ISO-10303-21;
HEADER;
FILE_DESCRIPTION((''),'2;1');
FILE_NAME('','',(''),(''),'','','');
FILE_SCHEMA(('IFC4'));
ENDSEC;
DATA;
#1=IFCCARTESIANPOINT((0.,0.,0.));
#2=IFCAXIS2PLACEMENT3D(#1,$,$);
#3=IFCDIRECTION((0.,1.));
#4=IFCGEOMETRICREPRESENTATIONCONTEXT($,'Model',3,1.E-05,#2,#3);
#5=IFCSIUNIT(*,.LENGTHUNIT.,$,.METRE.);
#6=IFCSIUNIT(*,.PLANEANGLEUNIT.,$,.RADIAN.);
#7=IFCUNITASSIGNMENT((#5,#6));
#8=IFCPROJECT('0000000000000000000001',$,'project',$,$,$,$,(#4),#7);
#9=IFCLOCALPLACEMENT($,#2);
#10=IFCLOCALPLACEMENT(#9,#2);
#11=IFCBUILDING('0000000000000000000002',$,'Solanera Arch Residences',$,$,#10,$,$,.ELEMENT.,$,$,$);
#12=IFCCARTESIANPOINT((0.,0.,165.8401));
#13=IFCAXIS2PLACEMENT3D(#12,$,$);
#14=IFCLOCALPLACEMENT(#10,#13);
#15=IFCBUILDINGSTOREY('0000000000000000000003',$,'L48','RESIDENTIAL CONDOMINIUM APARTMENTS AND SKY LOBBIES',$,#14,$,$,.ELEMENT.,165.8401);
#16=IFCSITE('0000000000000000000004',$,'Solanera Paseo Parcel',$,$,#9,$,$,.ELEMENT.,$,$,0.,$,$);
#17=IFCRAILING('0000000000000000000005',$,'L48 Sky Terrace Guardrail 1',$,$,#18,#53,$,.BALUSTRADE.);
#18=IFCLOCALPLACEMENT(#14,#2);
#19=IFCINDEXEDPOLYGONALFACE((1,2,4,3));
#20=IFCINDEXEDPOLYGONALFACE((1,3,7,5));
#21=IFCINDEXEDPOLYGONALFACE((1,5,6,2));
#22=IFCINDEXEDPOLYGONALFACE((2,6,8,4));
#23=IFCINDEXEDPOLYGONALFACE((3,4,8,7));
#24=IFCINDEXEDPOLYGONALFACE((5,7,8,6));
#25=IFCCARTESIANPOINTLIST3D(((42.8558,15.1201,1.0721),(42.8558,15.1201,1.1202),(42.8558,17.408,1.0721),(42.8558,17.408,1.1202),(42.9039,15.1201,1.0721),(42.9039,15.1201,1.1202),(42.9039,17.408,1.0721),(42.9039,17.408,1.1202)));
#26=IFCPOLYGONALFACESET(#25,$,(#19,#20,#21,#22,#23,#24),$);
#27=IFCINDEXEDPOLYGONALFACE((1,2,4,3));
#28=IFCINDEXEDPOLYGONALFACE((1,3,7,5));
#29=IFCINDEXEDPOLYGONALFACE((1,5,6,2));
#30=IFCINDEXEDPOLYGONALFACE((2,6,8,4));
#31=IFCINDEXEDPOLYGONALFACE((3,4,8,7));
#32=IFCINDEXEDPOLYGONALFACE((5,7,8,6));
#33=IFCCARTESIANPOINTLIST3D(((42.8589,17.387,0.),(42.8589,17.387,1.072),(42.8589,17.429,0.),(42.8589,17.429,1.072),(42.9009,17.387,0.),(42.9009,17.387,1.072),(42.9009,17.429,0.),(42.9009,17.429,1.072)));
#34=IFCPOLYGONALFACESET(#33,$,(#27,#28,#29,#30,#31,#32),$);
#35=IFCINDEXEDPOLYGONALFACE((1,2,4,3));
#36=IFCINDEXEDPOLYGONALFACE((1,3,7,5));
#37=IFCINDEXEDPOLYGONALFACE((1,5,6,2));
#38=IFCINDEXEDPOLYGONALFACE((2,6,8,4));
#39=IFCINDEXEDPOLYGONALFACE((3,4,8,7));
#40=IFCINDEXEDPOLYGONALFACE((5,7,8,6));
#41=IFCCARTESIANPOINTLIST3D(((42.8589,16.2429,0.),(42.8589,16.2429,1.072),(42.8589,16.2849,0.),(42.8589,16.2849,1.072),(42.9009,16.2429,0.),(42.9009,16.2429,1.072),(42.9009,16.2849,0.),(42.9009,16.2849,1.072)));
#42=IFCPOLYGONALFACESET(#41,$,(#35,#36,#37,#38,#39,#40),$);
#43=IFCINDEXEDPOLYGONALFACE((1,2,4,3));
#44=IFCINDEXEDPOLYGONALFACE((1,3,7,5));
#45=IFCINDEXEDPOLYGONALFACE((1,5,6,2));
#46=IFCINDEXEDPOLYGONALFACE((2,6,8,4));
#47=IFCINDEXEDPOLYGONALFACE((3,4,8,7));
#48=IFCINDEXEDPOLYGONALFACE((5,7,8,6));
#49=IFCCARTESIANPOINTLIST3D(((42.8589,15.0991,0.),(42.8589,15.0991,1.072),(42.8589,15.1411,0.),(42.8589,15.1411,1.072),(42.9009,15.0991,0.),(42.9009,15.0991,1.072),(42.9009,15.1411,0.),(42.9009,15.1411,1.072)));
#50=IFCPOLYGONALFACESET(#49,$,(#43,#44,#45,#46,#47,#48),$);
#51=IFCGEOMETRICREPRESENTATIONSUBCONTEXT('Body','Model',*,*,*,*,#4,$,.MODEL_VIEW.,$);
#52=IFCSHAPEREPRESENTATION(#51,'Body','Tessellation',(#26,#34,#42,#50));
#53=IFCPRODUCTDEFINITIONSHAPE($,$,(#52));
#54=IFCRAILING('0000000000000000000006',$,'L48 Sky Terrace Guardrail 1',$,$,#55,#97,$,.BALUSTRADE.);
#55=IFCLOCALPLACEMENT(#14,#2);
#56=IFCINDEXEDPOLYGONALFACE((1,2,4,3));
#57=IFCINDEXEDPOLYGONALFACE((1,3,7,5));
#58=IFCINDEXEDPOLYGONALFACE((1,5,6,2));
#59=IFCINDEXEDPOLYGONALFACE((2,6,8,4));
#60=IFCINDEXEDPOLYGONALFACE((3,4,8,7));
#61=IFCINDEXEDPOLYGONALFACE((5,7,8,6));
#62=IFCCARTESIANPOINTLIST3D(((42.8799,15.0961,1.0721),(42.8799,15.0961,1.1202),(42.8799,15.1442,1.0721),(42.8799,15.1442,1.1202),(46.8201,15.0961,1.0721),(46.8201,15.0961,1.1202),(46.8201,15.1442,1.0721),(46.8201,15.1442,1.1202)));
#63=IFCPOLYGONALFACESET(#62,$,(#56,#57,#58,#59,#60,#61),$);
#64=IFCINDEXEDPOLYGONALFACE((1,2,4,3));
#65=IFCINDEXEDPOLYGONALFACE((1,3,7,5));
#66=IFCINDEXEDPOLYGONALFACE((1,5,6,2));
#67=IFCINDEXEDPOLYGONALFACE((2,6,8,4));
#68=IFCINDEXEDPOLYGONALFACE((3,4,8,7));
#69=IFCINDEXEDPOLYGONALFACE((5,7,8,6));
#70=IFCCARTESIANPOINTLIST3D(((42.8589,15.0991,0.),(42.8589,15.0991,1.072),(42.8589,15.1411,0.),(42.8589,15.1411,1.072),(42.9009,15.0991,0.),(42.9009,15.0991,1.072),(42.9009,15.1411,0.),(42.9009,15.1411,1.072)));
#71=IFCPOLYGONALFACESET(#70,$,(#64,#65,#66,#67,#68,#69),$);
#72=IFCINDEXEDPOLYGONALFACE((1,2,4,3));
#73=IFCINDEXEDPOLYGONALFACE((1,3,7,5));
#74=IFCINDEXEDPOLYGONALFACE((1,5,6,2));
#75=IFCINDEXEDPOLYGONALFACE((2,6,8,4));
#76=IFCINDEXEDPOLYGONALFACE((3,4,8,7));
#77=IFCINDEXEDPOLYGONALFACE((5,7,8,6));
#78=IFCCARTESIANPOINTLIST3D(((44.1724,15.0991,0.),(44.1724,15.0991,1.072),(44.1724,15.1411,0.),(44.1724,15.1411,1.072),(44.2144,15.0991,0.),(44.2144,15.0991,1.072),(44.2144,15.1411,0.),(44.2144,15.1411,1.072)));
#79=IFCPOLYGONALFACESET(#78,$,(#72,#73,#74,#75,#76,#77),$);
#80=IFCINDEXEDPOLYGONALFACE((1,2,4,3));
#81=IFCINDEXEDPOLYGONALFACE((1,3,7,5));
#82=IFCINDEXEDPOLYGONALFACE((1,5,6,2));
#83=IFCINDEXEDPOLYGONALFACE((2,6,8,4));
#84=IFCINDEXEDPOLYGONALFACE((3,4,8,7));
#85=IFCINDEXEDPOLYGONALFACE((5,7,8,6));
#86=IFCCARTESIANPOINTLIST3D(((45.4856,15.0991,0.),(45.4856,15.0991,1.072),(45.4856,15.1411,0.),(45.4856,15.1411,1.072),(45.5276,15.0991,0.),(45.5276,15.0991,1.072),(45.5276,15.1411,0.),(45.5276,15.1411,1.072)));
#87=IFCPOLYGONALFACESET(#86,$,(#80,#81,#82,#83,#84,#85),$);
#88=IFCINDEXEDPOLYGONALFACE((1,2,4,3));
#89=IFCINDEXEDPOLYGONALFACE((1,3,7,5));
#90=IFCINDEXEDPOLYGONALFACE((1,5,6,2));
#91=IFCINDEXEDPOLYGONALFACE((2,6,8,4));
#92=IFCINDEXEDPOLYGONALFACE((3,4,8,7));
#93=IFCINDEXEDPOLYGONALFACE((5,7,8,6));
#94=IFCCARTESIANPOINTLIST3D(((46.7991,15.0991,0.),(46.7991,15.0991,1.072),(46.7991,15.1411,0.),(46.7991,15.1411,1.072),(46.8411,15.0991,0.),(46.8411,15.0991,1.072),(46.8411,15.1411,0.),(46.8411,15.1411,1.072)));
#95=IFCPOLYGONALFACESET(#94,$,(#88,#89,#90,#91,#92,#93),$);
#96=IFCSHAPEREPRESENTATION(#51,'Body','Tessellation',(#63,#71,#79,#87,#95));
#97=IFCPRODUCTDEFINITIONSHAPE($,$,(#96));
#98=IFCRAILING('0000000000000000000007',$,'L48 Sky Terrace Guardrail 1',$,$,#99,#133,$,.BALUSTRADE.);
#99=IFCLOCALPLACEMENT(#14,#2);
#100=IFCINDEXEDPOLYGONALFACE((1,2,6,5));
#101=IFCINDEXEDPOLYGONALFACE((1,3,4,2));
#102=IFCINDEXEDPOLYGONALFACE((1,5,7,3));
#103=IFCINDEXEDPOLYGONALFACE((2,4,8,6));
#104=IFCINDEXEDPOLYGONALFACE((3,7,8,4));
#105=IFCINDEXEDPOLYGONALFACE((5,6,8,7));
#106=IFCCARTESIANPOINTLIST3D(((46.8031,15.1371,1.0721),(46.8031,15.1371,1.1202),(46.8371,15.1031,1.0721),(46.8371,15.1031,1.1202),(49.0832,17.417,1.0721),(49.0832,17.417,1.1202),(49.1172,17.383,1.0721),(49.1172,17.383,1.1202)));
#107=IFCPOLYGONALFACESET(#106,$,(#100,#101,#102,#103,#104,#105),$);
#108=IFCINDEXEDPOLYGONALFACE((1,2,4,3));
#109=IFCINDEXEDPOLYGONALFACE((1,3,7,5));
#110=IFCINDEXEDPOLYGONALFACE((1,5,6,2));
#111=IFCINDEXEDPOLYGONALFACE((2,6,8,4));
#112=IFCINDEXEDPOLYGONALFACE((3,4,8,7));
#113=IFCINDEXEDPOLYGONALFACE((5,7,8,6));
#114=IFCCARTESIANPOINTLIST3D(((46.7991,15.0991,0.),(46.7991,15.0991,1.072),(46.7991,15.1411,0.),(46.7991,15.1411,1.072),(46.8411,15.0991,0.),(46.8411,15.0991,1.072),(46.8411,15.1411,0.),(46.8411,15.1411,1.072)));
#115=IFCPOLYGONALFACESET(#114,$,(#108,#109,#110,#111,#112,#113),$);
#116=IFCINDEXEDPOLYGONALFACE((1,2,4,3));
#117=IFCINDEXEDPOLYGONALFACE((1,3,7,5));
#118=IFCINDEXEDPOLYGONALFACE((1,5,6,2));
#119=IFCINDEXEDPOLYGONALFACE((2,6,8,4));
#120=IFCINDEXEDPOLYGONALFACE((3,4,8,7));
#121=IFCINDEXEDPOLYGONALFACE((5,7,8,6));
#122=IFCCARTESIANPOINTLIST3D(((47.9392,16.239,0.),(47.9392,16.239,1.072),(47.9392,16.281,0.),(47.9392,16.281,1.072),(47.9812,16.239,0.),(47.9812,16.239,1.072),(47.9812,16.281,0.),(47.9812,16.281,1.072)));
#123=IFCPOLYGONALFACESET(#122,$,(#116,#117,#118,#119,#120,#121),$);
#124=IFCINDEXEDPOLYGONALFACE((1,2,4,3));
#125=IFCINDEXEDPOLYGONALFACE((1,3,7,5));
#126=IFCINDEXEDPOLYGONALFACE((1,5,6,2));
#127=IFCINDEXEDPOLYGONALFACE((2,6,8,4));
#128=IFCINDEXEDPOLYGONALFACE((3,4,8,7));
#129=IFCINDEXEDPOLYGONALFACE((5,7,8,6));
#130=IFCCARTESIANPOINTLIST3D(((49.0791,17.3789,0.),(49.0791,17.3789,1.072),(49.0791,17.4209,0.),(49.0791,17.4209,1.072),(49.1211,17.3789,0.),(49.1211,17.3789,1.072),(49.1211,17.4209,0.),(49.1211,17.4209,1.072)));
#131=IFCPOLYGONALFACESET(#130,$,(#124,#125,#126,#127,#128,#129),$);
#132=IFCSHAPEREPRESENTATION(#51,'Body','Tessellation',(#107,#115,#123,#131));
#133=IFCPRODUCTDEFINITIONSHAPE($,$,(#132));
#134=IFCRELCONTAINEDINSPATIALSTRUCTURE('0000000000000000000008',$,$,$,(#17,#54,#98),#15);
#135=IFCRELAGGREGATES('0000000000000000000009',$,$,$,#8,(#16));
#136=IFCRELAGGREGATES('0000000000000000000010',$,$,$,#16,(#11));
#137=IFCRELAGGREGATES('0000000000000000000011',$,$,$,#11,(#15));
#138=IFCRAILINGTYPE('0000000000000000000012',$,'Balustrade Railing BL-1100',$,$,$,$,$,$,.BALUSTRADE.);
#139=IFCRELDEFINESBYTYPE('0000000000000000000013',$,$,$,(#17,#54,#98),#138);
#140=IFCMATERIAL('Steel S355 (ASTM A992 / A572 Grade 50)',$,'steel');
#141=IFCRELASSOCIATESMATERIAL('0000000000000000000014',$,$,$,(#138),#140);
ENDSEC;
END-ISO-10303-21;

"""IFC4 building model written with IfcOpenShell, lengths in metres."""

from ifc_helpers import new_model, si_unit, direction, frame, origin, origin_2d, place, context, subcontext, project, spatial, rectangle, extrude, material, type_object, element, save


model = new_model("IFC4")

# Units and contexts
model_context = context("Model", 3, precision=1e-05, world=origin(), true_north=direction((0.0, 1.0)))
body_context = subcontext(model_context, "Body", "Model", "MODEL_VIEW")
ifc_project = project(units=[si_unit("LENGTHUNIT", "METRE"), si_unit("PLANEANGLEUNIT", "RADIAN")], contexts=[model_context])

# Site, building, storey
site_placement = place(None, origin())
site = spatial("IfcSite", under=ifc_project, at=site_placement, Name="Solanera Paseo Parcel", CompositionType="ELEMENT", RefElevation=0.0)
building_placement = place(site_placement, origin())
building = spatial("IfcBuilding", under=site, at=building_placement, Name="Solanera Arch Residences", CompositionType="ELEMENT")
storey_placement = place(building_placement, frame((0.0, 0.0, 165.8401)))
storey = spatial("IfcBuildingStorey", under=building, at=storey_placement, Name="L48", Description="RESIDENTIAL CONDOMINIUM APARTMENTS AND SKY LOBBIES", CompositionType="ELEMENT", Elevation=165.8401)

# Railings
ifc_material_1 = material(Name="Steel S355 (ASTM A992 / A572 Grade 50)", Category="steel")
railing_type = type_object("IfcRailingType", Name="Balustrade Railing BL-1100", PredefinedType="BALUSTRADE", material=ifc_material_1)
railing_1_placement = place(storey_placement, frame((42.8799, 17.408, 0.0)))
element("IfcRailing", 1, at=railing_1_placement, inside=storey, type_object=railing_type, Name="L48 Sky Terrace Guardrail 1", PredefinedType="BALUSTRADE", context=body_context, shape_type="SweptSolid", body=[
    extrude(rectangle(XDim=0.0481, YDim=0.0481, at=origin_2d()), frame((0.0, 0.0, 1.0962), z_axis=(0.0, -1.0, 0.0), x_axis=(1.0, 0.0, 0.0)), (0.0, 0.0, 1.0), 2.2878),
    extrude(rectangle(XDim=0.042, YDim=0.042, at=origin_2d()), origin(), (0.0, 0.0, 1.0), 1.072),
    extrude(rectangle(XDim=0.042, YDim=0.042, at=origin_2d()), frame((0.0, -1.144, 0.0)), (0.0, 0.0, 1.0), 1.072),
    extrude(rectangle(XDim=0.042, YDim=0.042, at=origin_2d()), frame((0.0, -2.2878, 0.0)), (0.0, 0.0, 1.0), 1.072),
])
railing_2_placement = place(storey_placement, frame((42.8799, 15.1201, 0.0)))
element("IfcRailing", 2, at=railing_2_placement, inside=storey, type_object=railing_type, Name="L48 Sky Terrace Guardrail 1", PredefinedType="BALUSTRADE", context=body_context, shape_type="SweptSolid", body=[
    extrude(rectangle(XDim=0.0481, YDim=0.0481, at=origin_2d()), frame((0.0, 0.0, 1.0962), z_axis=(1.0, 0.0, 0.0), x_axis=(0.0, 1.0, 0.0)), (0.0, 0.0, 1.0), 3.9402),
    extrude(rectangle(XDim=0.042, YDim=0.042, at=origin_2d()), origin(), (0.0, 0.0, 1.0), 1.072),
    extrude(rectangle(XDim=0.042, YDim=0.042, at=origin_2d()), frame((1.3135, 0.0, 0.0)), (0.0, 0.0, 1.0), 1.072),
    extrude(rectangle(XDim=0.042, YDim=0.042, at=origin_2d()), frame((2.6267, 0.0, 0.0)), (0.0, 0.0, 1.0), 1.072),
    extrude(rectangle(XDim=0.042, YDim=0.042, at=origin_2d()), frame((3.9402, 0.0, 0.0)), (0.0, 0.0, 1.0), 1.072),
])
railing_3_placement = place(storey_placement, frame((46.8201, 15.1201, 0.0)))
element("IfcRailing", 3, at=railing_3_placement, inside=storey, type_object=railing_type, Name="L48 Sky Terrace Guardrail 1", PredefinedType="BALUSTRADE", context=body_context, shape_type="SweptSolid", body=[
    extrude(rectangle(XDim=0.0481, YDim=0.0481, at=origin_2d()), frame((0.0, 0.0, 1.0962), z_axis=(0.707145, 0.707069, 0.0), x_axis=(-0.707069, 0.707145, 0.0)), (0.0, 0.0, 1.0), 3.2244),
    extrude(rectangle(XDim=0.042, YDim=0.042, at=origin_2d()), origin(), (0.0, 0.0, 1.0), 1.072),
    extrude(rectangle(XDim=0.042, YDim=0.042, at=origin_2d()), frame((1.1401, 1.1399, 0.0)), (0.0, 0.0, 1.0), 1.072),
    extrude(rectangle(XDim=0.042, YDim=0.042, at=origin_2d()), frame((2.28, 2.2798, 0.0)), (0.0, 0.0, 1.0), 1.072),
])

save(model, "model.ifc")
